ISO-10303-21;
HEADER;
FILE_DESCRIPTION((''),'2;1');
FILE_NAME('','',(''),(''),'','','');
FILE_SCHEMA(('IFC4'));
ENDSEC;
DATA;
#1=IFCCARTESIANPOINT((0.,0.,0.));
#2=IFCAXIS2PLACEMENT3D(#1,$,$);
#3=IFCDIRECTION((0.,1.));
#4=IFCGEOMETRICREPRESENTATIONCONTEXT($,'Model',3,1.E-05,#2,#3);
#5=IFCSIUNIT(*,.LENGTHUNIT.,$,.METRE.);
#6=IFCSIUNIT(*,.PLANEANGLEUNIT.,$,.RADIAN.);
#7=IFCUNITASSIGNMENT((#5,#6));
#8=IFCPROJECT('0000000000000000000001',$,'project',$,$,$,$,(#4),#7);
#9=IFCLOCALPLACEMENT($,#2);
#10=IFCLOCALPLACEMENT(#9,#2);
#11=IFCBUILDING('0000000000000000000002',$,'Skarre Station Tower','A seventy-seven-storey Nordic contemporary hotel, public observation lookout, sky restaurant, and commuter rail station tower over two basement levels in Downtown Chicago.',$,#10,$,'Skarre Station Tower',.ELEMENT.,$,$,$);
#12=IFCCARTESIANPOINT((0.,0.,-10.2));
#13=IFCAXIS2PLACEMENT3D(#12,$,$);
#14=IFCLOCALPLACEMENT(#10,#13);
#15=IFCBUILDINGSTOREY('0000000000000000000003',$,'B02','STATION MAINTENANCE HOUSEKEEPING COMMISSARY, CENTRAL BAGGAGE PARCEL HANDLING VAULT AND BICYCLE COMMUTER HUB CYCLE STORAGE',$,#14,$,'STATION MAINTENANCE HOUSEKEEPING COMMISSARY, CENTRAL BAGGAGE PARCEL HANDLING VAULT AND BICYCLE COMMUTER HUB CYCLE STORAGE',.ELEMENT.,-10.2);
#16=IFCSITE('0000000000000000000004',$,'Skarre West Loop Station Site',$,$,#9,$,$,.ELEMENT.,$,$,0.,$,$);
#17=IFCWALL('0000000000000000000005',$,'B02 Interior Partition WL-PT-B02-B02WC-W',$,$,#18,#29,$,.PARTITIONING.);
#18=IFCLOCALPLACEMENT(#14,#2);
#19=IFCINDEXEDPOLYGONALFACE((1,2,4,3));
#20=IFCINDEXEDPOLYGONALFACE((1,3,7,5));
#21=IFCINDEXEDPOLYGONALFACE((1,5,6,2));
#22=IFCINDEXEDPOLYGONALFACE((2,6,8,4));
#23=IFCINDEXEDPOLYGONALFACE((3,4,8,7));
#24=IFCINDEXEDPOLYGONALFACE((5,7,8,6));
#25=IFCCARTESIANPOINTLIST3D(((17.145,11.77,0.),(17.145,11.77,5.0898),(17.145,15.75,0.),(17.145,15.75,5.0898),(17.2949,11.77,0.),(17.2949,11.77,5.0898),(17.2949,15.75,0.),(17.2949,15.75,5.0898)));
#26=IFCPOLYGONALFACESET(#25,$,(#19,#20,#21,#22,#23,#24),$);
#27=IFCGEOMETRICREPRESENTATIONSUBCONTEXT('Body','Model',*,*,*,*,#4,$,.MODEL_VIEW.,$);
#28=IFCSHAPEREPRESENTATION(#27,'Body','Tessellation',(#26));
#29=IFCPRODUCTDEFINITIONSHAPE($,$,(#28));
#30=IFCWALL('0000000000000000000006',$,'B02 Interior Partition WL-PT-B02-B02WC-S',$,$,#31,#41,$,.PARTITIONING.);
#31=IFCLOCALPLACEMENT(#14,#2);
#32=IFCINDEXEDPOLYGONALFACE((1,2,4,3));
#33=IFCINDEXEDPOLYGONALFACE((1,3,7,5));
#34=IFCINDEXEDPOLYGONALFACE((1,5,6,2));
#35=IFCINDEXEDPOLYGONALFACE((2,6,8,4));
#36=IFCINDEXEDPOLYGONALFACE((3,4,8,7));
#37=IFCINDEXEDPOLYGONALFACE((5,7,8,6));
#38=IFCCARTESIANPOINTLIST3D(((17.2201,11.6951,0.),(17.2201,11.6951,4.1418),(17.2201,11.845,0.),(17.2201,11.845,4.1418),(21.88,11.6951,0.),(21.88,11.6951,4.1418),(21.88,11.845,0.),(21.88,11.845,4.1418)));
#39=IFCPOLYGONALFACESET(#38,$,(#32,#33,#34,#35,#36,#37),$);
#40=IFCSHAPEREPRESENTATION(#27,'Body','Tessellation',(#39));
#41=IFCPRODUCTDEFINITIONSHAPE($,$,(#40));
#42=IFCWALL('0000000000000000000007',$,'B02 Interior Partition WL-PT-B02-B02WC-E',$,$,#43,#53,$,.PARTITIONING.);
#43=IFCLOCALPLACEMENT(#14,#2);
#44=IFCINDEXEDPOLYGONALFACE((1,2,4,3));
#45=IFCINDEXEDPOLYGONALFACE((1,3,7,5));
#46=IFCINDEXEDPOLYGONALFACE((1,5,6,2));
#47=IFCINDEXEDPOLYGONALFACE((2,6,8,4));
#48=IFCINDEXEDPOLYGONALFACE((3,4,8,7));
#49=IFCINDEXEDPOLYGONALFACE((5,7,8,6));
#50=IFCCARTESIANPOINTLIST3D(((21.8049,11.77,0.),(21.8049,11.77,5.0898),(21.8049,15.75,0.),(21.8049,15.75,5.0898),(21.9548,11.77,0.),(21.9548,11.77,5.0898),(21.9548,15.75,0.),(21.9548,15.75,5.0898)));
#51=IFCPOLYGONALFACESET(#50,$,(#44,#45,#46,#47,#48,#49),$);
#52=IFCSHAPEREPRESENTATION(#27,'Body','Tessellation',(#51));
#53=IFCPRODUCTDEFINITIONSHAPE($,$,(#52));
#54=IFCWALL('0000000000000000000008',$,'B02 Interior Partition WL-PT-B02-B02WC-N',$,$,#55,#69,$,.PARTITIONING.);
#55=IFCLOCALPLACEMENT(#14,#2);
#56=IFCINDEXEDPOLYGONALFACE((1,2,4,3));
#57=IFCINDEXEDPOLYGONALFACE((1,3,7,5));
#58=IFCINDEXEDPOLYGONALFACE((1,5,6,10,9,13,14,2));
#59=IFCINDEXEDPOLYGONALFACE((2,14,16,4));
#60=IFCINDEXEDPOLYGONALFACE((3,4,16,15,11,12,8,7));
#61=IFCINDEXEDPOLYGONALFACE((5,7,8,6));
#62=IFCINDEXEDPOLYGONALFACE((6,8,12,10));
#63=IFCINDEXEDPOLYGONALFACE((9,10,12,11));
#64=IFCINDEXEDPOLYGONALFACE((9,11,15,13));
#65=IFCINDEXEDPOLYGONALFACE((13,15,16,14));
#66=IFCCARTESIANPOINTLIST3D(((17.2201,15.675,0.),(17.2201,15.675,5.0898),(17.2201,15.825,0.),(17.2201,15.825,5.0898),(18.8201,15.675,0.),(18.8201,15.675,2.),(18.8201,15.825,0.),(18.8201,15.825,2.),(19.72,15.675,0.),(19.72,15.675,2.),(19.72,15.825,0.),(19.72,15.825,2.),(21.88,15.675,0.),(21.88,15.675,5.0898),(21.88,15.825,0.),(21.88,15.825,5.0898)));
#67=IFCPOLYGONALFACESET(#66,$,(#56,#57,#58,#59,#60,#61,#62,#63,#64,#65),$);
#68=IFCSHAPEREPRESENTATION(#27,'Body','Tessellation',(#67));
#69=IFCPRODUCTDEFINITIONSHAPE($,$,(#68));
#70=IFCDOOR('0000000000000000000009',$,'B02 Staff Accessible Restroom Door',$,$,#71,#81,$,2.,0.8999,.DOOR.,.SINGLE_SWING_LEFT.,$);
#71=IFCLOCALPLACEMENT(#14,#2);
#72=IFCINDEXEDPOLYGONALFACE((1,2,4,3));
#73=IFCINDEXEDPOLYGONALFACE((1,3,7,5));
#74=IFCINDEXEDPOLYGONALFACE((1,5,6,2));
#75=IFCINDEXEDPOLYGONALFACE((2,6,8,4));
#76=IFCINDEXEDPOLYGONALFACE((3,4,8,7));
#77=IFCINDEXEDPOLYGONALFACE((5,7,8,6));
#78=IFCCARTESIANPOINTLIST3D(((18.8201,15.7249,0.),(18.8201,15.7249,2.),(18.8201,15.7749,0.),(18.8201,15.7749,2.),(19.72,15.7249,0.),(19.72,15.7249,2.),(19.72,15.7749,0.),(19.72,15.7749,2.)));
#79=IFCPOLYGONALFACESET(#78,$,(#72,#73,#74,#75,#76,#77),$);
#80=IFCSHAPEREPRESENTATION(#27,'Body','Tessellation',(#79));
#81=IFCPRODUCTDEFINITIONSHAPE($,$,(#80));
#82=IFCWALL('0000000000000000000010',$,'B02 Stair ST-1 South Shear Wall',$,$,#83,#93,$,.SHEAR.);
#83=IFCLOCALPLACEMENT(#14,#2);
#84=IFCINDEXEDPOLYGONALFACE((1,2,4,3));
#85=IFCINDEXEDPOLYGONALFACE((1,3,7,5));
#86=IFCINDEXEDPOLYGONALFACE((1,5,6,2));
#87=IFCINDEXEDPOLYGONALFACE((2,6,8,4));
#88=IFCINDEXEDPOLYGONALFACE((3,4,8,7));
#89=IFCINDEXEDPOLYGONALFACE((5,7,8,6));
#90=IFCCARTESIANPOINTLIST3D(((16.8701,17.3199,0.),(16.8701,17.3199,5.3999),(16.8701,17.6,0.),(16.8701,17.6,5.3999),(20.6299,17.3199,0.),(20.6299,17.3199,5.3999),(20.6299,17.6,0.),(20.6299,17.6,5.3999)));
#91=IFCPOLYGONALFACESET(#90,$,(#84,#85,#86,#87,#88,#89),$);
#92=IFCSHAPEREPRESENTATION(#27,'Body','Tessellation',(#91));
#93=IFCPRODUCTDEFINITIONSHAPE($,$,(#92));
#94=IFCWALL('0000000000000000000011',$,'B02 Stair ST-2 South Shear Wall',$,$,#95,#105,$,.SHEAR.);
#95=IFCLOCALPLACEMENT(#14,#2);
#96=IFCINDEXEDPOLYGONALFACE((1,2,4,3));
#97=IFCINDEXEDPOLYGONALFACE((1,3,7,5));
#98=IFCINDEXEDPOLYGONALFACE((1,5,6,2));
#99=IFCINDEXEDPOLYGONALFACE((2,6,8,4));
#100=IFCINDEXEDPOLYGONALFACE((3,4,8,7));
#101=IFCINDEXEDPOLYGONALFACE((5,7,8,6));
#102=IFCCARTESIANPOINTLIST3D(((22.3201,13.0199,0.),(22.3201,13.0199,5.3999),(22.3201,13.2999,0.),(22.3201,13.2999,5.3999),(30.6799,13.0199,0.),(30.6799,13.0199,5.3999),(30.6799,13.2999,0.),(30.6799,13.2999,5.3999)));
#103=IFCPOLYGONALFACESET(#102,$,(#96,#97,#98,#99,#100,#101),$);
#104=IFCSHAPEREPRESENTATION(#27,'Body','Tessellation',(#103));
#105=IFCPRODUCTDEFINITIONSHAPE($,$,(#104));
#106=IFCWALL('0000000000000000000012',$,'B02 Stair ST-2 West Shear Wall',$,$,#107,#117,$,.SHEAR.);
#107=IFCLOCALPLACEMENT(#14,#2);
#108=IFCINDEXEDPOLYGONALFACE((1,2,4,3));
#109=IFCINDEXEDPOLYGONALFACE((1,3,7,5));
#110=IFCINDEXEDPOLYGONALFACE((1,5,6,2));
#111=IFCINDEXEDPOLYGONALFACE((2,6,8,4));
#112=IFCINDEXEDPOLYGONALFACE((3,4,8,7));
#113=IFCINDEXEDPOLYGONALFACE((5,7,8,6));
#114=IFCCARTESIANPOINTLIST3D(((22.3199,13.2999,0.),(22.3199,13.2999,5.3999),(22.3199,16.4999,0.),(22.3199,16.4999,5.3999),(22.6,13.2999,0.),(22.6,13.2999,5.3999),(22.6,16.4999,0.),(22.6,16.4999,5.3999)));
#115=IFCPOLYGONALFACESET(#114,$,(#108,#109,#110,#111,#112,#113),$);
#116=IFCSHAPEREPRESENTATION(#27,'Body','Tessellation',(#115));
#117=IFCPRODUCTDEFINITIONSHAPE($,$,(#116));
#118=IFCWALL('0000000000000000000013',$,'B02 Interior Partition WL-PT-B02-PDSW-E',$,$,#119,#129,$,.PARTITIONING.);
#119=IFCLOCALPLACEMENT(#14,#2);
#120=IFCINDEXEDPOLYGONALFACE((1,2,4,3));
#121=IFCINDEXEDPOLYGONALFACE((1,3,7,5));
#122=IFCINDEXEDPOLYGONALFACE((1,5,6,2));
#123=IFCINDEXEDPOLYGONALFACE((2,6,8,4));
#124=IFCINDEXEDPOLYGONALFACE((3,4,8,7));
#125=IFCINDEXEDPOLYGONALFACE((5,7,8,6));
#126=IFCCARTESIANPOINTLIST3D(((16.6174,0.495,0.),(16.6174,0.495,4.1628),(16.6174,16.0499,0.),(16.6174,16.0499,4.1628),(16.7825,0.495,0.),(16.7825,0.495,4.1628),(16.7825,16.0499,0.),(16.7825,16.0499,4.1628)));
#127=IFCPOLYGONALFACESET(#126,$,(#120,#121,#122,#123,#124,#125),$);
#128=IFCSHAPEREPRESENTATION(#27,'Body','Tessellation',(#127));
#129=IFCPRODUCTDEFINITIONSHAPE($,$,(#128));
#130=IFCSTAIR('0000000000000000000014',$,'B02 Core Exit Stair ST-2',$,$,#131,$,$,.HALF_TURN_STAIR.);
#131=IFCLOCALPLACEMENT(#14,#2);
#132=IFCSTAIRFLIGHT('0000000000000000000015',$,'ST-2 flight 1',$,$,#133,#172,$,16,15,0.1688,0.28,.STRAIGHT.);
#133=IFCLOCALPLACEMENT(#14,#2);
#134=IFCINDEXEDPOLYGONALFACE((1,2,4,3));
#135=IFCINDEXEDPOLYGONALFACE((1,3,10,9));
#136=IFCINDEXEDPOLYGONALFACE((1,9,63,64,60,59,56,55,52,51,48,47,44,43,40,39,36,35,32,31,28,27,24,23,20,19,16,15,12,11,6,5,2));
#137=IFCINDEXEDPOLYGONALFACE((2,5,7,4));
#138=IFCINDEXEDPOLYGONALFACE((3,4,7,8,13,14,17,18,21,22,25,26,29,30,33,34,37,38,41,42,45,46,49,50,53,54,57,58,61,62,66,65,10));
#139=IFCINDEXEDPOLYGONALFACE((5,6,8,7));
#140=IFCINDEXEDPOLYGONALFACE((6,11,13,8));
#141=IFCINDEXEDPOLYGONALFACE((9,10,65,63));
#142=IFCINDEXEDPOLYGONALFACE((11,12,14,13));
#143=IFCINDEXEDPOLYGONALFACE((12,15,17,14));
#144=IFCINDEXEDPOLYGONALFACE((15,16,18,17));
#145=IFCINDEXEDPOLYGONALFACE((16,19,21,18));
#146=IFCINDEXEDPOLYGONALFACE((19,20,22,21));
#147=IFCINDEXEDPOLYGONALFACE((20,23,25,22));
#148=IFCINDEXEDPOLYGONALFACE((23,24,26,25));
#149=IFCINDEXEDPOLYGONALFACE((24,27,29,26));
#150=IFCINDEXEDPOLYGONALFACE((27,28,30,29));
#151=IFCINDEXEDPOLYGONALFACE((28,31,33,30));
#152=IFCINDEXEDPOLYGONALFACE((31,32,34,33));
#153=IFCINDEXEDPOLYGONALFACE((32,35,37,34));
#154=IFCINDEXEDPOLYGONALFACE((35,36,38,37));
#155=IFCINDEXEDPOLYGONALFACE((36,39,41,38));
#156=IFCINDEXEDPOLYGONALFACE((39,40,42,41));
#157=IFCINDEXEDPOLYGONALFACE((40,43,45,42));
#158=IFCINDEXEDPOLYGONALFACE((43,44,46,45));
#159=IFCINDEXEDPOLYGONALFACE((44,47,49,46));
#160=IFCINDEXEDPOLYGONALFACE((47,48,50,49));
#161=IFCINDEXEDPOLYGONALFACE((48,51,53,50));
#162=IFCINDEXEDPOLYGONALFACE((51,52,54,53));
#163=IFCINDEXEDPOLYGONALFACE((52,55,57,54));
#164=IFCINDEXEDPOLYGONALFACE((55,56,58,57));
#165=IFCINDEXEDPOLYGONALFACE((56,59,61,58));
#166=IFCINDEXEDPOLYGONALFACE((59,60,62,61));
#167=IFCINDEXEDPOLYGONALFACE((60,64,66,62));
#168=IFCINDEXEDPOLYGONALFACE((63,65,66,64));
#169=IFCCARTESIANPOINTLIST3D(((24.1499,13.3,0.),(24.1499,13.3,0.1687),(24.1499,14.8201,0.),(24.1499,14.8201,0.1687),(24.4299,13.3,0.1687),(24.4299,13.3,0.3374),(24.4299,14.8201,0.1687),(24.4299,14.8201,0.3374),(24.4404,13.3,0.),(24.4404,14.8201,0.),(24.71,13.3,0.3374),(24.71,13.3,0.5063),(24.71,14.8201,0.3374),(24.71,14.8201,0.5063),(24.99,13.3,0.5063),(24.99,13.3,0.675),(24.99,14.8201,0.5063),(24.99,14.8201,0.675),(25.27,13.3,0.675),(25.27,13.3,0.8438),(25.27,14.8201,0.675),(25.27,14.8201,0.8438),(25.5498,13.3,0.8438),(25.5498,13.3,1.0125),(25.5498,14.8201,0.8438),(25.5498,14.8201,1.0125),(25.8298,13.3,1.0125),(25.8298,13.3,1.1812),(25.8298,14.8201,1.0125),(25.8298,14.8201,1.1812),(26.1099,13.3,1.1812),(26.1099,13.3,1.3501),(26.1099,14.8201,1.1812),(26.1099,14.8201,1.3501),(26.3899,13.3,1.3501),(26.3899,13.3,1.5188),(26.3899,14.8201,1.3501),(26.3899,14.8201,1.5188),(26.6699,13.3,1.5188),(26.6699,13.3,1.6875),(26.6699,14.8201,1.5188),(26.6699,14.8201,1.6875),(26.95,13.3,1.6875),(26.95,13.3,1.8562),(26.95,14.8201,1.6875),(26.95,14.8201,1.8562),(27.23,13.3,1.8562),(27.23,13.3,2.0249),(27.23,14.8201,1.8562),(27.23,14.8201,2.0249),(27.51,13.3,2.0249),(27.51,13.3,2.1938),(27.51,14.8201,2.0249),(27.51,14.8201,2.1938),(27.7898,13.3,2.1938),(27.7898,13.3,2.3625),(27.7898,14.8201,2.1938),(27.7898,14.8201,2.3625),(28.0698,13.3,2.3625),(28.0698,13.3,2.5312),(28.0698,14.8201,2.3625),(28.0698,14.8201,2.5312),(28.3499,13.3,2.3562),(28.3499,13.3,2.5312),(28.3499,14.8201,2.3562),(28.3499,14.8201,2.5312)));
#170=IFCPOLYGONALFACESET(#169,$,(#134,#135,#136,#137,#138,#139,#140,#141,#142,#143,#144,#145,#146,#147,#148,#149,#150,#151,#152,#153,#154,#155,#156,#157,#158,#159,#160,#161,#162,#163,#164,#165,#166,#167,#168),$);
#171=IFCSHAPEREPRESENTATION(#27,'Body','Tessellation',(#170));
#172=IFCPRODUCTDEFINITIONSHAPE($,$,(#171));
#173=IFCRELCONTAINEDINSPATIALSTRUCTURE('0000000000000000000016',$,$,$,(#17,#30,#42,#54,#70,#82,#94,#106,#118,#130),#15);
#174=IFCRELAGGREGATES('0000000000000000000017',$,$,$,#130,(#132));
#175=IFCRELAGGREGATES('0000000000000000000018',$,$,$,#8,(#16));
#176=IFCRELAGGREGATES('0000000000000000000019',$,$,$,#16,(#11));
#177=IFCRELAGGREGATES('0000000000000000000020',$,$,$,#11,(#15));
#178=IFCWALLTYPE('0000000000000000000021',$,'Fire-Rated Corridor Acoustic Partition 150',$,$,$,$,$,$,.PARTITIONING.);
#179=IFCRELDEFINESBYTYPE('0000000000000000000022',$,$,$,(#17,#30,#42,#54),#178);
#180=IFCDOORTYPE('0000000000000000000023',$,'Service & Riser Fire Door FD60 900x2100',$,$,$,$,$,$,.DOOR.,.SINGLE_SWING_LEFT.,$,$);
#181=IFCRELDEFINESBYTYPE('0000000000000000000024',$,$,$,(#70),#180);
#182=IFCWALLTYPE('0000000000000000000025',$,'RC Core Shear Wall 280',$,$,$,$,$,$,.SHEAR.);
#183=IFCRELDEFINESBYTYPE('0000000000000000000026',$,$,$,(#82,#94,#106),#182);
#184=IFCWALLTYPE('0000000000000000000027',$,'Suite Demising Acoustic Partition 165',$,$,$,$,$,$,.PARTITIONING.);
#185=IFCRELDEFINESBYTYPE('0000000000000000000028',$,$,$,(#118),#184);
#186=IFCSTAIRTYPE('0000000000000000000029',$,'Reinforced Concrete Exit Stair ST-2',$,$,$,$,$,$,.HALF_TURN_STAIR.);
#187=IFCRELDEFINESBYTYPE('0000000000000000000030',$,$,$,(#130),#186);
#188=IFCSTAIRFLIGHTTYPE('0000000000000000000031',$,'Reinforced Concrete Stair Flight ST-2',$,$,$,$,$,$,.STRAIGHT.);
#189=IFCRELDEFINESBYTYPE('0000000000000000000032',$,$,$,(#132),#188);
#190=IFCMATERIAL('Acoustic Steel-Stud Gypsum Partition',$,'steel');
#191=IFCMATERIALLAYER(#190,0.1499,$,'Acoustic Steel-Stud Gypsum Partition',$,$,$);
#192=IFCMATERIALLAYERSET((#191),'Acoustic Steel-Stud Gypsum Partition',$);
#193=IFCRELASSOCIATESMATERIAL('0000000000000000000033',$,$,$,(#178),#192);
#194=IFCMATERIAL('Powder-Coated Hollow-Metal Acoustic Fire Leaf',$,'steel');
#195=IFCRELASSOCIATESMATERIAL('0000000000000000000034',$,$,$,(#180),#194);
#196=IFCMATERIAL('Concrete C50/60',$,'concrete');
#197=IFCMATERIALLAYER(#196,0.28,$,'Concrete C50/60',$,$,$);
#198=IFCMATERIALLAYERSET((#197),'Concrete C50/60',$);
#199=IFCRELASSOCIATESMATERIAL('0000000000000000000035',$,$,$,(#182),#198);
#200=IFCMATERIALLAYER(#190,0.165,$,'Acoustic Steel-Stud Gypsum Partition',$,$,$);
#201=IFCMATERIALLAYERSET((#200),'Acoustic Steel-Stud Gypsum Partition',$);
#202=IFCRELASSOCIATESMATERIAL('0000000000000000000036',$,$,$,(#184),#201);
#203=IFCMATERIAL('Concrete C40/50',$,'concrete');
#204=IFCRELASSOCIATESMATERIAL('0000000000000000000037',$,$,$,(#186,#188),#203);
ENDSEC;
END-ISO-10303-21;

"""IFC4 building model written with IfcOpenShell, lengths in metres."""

from ifc_helpers import new_model, si_unit, direction, frame, frame_2d, origin, place, context, subcontext, project, spatial, polyline, rectangle, outline, extrude, material, layer, layer_set, type_object, element, fill, aggregate, save


model = new_model("IFC4")

# Units and contexts
model_context = context("Model", 3, precision=1e-05, world=origin(), true_north=direction((0.0, 1.0)))
body_context = subcontext(model_context, "Body", "Model", "MODEL_VIEW")
ifc_project = project(units=[si_unit("LENGTHUNIT", "METRE"), si_unit("PLANEANGLEUNIT", "RADIAN")], contexts=[model_context])

# Site, building, storey
site_placement = place(None, origin())
site = spatial("IfcSite", under=ifc_project, at=site_placement, Name="Skarre West Loop Station Site", CompositionType="ELEMENT", RefElevation=0.0)
building_placement = place(site_placement, origin())
building = spatial("IfcBuilding", under=site, at=building_placement, Name="Skarre Station Tower", Description="A seventy-seven-storey Nordic contemporary hotel, public observation lookout, sky restaurant, and commuter rail station tower over two basement levels in Downtown Chicago.", LongName="Skarre Station Tower", CompositionType="ELEMENT")
storey_placement = place(building_placement, frame((0.0, 0.0, -10.2)))
storey = spatial("IfcBuildingStorey", under=building, at=storey_placement, Name="B02", Description="STATION MAINTENANCE HOUSEKEEPING COMMISSARY, CENTRAL BAGGAGE PARCEL HANDLING VAULT AND BICYCLE COMMUTER HUB CYCLE STORAGE", LongName="STATION MAINTENANCE HOUSEKEEPING COMMISSARY, CENTRAL BAGGAGE PARCEL HANDLING VAULT AND BICYCLE COMMUTER HUB CYCLE STORAGE", CompositionType="ELEMENT", Elevation=-10.2)

# Shared definitions
ifc_material_1 = material(Name="Concrete C50/60", Category="concrete")

# Walls
ifc_material_2 = material(Name="Acoustic Steel-Stud Gypsum Partition", Category="steel")
ifc_layer_1 = layer(ifc_material_2, 0.1499, Name="Acoustic Steel-Stud Gypsum Partition")
ifc_layer_set_1 = layer_set([ifc_layer_1], Name="Acoustic Steel-Stud Gypsum Partition")
wall_type_1 = type_object("IfcWallType", Name="Fire-Rated Corridor Acoustic Partition 150", PredefinedType="PARTITIONING", material=ifc_layer_set_1)
wall_1_placement = place(storey_placement, frame((17.22, 15.75, 0.0), z_axis=(0.0, 0.0, 1.0), x_axis=(0.0, -1.0, 0.0)))
element("IfcWall", 1, at=wall_1_placement, inside=storey, type_object=wall_type_1, Name="B02 Interior Partition WL-PT-B02-B02WC-W", PredefinedType="PARTITIONING", context=body_context, shape_type="SweptSolid", body=[
    extrude(rectangle(XDim=3.98, YDim=0.1499, at=frame_2d((1.99, 0.0))), origin(), (0.0, 0.0, 1.0), 5.0898),
])
wall_2_placement = place(storey_placement, frame((17.22, 11.77, 0.0), z_axis=(0.0, 0.0, 1.0), x_axis=(1.0, 0.0, 0.0)))
element("IfcWall", 2, at=wall_2_placement, inside=storey, type_object=wall_type_1, Name="B02 Interior Partition WL-PT-B02-B02WC-S", PredefinedType="PARTITIONING", context=body_context, shape_type="SweptSolid", body=[
    extrude(rectangle(XDim=4.6599, YDim=0.1499, at=frame_2d((2.3301, 0.0))), origin(), (0.0, 0.0, 1.0), 4.1418),
])
wall_3_placement = place(storey_placement, frame((21.8799, 11.77, 0.0), z_axis=(0.0, 0.0, 1.0), x_axis=(0.0, 1.0, 0.0)))
element("IfcWall", 3, at=wall_3_placement, inside=storey, type_object=wall_type_1, Name="B02 Interior Partition WL-PT-B02-B02WC-E", PredefinedType="PARTITIONING", context=body_context, shape_type="SweptSolid", body=[
    extrude(rectangle(XDim=3.98, YDim=0.1499, at=frame_2d((1.99, 0.0))), origin(), (0.0, 0.0, 1.0), 5.0898),
])

# Wall, opening, door
wall_4_placement = place(storey_placement, frame((17.22, 15.75, 0.0), z_axis=(0.0, 0.0, 1.0), x_axis=(1.0, 0.0, 0.0)))
wall_4 = element("IfcWall", 4, at=wall_4_placement, inside=storey, type_object=wall_type_1, Name="B02 Interior Partition WL-PT-B02-B02WC-N", PredefinedType="PARTITIONING", context=body_context, shape_type="SweptSolid", body=[
    extrude(rectangle(XDim=4.6599, YDim=0.1499, at=frame_2d((2.3301, 0.0))), origin(), (0.0, 0.0, 1.0), 5.0898),
])
opening_placement = place(wall_4_placement, frame((1.6001, 0.0, 0.0)))
opening = element("IfcOpeningElement", 5, at=opening_placement, cuts=wall_4, PredefinedType="OPENING", context=body_context, shape_type="SweptSolid", body=[
    extrude(rectangle(XDim=0.8999, YDim=2.0, at=frame_2d((0.45, 1.0))), frame((0.0, 0.085, 0.0), z_axis=(0.0, -1.0, 0.0), x_axis=(1.0, 0.0, 0.0)), (0.0, 0.0, 1.0), 0.1699),
])
ifc_material_3 = material(Name="Powder-Coated Hollow-Metal Acoustic Fire Leaf", Category="steel")
door_type = type_object("IfcDoorType", Name="Service & Riser Fire Door FD60 900x2100", OperationType="SINGLE_SWING_LEFT", PredefinedType="DOOR", material=ifc_material_3)
door_placement = place(opening_placement, origin())
door = element("IfcDoor", 6, at=door_placement, inside=storey, type_object=door_type, Name="B02 Staff Accessible Restroom Door", OperationType="SINGLE_SWING_LEFT", OverallHeight=2.0, OverallWidth=0.8999, PredefinedType="DOOR", context=body_context, shape_type="SweptSolid", body=[
    extrude(rectangle(XDim=0.8999, YDim=2.0, at=frame_2d((0.45, 1.0))), frame((0.0, 0.0249, 0.0), z_axis=(0.0, -1.0, 0.0), x_axis=(1.0, 0.0, 0.0)), (0.0, 0.0, 1.0), 0.05),
])
fill(opening, door)

# Walls
ifc_layer_2 = layer(ifc_material_1, 0.28, Name="Concrete C50/60")
ifc_layer_set_2 = layer_set([ifc_layer_2], Name="Concrete C50/60")
wall_type_2 = type_object("IfcWallType", Name="RC Core Shear Wall 280", PredefinedType="SHEAR", material=ifc_layer_set_2)
wall_5_placement = place(storey_placement, frame((16.8701, 17.46, 0.0), z_axis=(0.0, 0.0, 1.0), x_axis=(1.0, 0.0, 0.0)))
element("IfcWall", 7, at=wall_5_placement, inside=storey, type_object=wall_type_2, Name="B02 Stair ST-1 South Shear Wall", PredefinedType="SHEAR", context=body_context, shape_type="SweptSolid", body=[
    extrude(rectangle(XDim=3.7598, YDim=0.28, at=frame_2d((1.8799, 0.0))), origin(), (0.0, 0.0, 1.0), 5.3999),
])
wall_6_placement = place(storey_placement, frame((22.3201, 13.1599, 0.0), z_axis=(0.0, 0.0, 1.0), x_axis=(1.0, 0.0, 0.0)))
element("IfcWall", 8, at=wall_6_placement, inside=storey, type_object=wall_type_2, Name="B02 Stair ST-2 South Shear Wall", PredefinedType="SHEAR", context=body_context, shape_type="SweptSolid", body=[
    extrude(rectangle(XDim=8.3599, YDim=0.28, at=frame_2d((4.1799, 0.0))), origin(), (0.0, 0.0, 1.0), 5.3999),
])
wall_7_placement = place(storey_placement, frame((22.46, 16.5, 0.0), z_axis=(0.0, 0.0, 1.0), x_axis=(0.0, -1.0, 0.0)))
element("IfcWall", 9, at=wall_7_placement, inside=storey, type_object=wall_type_2, Name="B02 Stair ST-2 West Shear Wall", PredefinedType="SHEAR", context=body_context, shape_type="SweptSolid", body=[
    extrude(rectangle(XDim=3.2, YDim=0.28, at=frame_2d((1.6001, 0.0))), origin(), (0.0, 0.0, 1.0), 5.3999),
])
ifc_layer_3 = layer(ifc_material_2, 0.165, Name="Acoustic Steel-Stud Gypsum Partition")
ifc_layer_set_3 = layer_set([ifc_layer_3], Name="Acoustic Steel-Stud Gypsum Partition")
wall_type_3 = type_object("IfcWallType", Name="Suite Demising Acoustic Partition 165", PredefinedType="PARTITIONING", material=ifc_layer_set_3)
wall_8_placement = place(storey_placement, frame((16.7, 0.4951, 0.0), z_axis=(0.0, 0.0, 1.0), x_axis=(0.0, 1.0, 0.0)))
element("IfcWall", 10, at=wall_8_placement, inside=storey, type_object=wall_type_3, Name="B02 Interior Partition WL-PT-B02-PDSW-E", PredefinedType="PARTITIONING", context=body_context, shape_type="SweptSolid", body=[
    extrude(rectangle(XDim=15.5549, YDim=0.165, at=frame_2d((7.7773, 0.0))), origin(), (0.0, 0.0, 1.0), 4.1628),
])

# Stair, stair flight
ifc_material_4 = material(Name="Concrete C40/50", Category="concrete")
stair_type = type_object("IfcStairType", Name="Reinforced Concrete Exit Stair ST-2", PredefinedType="HALF_TURN_STAIR", material=ifc_material_4)
stair_placement = place(storey_placement, origin())
stair = element("IfcStair", 11, at=stair_placement, inside=storey, type_object=stair_type, Name="B02 Core Exit Stair ST-2", PredefinedType="HALF_TURN_STAIR")
stair_flight_type = type_object("IfcStairFlightType", Name="Reinforced Concrete Stair Flight ST-2", PredefinedType="STRAIGHT", material=ifc_material_4)
stair_flight_placement = place(storey_placement, frame((24.1499, 14.0601, 0.0), z_axis=(0.0, 0.0, 1.0), x_axis=(1.0, 0.0, 0.0)))
stair_flight = element("IfcStairFlight", 12, at=stair_flight_placement, type_object=stair_flight_type, Name="ST-2 flight 1", NumberOfRisers=16, NumberOfTreads=15, PredefinedType="STRAIGHT", RiserHeight=0.1688, TreadLength=0.28, context=body_context, shape_type="SweptSolid", body=[
    extrude(outline(polyline([(0.0, 0.0), (0.0, 0.1687), (0.28, 0.1687), (0.28, 0.3374), (0.5601, 0.3374), (0.5601, 0.5063), (0.8401, 0.5063), (0.8401, 0.675), (1.1201, 0.675), (1.1201, 0.8438), (1.3999, 0.8438), (1.3999, 1.0125), (1.6799, 1.0125), (1.6799, 1.1812), (1.96, 1.1812), (1.96, 1.3501), (2.24, 1.3501), (2.24, 1.5188), (2.52, 1.5188), (2.52, 1.6875), (2.8, 1.6875), (2.8, 1.8562), (3.0801, 1.8562), (3.0801, 2.0249), (3.3601, 2.0249), (3.3601, 2.1938), (3.6399, 2.1938), (3.6399, 2.3625), (3.9199, 2.3625), (3.9199, 2.5312), (4.2, 2.5312), (4.2, 2.7), (4.2, 2.3562), (0.2905, 0.0), (0.0, 0.0)])), frame((0.0, 0.76, 0.0), z_axis=(0.0, -1.0, 0.0), x_axis=(1.0, 0.0, 0.0)), (0.0, 0.0, 1.0), 1.52),
])
aggregate(stair, [stair_flight])

save(model, "model.ifc")
